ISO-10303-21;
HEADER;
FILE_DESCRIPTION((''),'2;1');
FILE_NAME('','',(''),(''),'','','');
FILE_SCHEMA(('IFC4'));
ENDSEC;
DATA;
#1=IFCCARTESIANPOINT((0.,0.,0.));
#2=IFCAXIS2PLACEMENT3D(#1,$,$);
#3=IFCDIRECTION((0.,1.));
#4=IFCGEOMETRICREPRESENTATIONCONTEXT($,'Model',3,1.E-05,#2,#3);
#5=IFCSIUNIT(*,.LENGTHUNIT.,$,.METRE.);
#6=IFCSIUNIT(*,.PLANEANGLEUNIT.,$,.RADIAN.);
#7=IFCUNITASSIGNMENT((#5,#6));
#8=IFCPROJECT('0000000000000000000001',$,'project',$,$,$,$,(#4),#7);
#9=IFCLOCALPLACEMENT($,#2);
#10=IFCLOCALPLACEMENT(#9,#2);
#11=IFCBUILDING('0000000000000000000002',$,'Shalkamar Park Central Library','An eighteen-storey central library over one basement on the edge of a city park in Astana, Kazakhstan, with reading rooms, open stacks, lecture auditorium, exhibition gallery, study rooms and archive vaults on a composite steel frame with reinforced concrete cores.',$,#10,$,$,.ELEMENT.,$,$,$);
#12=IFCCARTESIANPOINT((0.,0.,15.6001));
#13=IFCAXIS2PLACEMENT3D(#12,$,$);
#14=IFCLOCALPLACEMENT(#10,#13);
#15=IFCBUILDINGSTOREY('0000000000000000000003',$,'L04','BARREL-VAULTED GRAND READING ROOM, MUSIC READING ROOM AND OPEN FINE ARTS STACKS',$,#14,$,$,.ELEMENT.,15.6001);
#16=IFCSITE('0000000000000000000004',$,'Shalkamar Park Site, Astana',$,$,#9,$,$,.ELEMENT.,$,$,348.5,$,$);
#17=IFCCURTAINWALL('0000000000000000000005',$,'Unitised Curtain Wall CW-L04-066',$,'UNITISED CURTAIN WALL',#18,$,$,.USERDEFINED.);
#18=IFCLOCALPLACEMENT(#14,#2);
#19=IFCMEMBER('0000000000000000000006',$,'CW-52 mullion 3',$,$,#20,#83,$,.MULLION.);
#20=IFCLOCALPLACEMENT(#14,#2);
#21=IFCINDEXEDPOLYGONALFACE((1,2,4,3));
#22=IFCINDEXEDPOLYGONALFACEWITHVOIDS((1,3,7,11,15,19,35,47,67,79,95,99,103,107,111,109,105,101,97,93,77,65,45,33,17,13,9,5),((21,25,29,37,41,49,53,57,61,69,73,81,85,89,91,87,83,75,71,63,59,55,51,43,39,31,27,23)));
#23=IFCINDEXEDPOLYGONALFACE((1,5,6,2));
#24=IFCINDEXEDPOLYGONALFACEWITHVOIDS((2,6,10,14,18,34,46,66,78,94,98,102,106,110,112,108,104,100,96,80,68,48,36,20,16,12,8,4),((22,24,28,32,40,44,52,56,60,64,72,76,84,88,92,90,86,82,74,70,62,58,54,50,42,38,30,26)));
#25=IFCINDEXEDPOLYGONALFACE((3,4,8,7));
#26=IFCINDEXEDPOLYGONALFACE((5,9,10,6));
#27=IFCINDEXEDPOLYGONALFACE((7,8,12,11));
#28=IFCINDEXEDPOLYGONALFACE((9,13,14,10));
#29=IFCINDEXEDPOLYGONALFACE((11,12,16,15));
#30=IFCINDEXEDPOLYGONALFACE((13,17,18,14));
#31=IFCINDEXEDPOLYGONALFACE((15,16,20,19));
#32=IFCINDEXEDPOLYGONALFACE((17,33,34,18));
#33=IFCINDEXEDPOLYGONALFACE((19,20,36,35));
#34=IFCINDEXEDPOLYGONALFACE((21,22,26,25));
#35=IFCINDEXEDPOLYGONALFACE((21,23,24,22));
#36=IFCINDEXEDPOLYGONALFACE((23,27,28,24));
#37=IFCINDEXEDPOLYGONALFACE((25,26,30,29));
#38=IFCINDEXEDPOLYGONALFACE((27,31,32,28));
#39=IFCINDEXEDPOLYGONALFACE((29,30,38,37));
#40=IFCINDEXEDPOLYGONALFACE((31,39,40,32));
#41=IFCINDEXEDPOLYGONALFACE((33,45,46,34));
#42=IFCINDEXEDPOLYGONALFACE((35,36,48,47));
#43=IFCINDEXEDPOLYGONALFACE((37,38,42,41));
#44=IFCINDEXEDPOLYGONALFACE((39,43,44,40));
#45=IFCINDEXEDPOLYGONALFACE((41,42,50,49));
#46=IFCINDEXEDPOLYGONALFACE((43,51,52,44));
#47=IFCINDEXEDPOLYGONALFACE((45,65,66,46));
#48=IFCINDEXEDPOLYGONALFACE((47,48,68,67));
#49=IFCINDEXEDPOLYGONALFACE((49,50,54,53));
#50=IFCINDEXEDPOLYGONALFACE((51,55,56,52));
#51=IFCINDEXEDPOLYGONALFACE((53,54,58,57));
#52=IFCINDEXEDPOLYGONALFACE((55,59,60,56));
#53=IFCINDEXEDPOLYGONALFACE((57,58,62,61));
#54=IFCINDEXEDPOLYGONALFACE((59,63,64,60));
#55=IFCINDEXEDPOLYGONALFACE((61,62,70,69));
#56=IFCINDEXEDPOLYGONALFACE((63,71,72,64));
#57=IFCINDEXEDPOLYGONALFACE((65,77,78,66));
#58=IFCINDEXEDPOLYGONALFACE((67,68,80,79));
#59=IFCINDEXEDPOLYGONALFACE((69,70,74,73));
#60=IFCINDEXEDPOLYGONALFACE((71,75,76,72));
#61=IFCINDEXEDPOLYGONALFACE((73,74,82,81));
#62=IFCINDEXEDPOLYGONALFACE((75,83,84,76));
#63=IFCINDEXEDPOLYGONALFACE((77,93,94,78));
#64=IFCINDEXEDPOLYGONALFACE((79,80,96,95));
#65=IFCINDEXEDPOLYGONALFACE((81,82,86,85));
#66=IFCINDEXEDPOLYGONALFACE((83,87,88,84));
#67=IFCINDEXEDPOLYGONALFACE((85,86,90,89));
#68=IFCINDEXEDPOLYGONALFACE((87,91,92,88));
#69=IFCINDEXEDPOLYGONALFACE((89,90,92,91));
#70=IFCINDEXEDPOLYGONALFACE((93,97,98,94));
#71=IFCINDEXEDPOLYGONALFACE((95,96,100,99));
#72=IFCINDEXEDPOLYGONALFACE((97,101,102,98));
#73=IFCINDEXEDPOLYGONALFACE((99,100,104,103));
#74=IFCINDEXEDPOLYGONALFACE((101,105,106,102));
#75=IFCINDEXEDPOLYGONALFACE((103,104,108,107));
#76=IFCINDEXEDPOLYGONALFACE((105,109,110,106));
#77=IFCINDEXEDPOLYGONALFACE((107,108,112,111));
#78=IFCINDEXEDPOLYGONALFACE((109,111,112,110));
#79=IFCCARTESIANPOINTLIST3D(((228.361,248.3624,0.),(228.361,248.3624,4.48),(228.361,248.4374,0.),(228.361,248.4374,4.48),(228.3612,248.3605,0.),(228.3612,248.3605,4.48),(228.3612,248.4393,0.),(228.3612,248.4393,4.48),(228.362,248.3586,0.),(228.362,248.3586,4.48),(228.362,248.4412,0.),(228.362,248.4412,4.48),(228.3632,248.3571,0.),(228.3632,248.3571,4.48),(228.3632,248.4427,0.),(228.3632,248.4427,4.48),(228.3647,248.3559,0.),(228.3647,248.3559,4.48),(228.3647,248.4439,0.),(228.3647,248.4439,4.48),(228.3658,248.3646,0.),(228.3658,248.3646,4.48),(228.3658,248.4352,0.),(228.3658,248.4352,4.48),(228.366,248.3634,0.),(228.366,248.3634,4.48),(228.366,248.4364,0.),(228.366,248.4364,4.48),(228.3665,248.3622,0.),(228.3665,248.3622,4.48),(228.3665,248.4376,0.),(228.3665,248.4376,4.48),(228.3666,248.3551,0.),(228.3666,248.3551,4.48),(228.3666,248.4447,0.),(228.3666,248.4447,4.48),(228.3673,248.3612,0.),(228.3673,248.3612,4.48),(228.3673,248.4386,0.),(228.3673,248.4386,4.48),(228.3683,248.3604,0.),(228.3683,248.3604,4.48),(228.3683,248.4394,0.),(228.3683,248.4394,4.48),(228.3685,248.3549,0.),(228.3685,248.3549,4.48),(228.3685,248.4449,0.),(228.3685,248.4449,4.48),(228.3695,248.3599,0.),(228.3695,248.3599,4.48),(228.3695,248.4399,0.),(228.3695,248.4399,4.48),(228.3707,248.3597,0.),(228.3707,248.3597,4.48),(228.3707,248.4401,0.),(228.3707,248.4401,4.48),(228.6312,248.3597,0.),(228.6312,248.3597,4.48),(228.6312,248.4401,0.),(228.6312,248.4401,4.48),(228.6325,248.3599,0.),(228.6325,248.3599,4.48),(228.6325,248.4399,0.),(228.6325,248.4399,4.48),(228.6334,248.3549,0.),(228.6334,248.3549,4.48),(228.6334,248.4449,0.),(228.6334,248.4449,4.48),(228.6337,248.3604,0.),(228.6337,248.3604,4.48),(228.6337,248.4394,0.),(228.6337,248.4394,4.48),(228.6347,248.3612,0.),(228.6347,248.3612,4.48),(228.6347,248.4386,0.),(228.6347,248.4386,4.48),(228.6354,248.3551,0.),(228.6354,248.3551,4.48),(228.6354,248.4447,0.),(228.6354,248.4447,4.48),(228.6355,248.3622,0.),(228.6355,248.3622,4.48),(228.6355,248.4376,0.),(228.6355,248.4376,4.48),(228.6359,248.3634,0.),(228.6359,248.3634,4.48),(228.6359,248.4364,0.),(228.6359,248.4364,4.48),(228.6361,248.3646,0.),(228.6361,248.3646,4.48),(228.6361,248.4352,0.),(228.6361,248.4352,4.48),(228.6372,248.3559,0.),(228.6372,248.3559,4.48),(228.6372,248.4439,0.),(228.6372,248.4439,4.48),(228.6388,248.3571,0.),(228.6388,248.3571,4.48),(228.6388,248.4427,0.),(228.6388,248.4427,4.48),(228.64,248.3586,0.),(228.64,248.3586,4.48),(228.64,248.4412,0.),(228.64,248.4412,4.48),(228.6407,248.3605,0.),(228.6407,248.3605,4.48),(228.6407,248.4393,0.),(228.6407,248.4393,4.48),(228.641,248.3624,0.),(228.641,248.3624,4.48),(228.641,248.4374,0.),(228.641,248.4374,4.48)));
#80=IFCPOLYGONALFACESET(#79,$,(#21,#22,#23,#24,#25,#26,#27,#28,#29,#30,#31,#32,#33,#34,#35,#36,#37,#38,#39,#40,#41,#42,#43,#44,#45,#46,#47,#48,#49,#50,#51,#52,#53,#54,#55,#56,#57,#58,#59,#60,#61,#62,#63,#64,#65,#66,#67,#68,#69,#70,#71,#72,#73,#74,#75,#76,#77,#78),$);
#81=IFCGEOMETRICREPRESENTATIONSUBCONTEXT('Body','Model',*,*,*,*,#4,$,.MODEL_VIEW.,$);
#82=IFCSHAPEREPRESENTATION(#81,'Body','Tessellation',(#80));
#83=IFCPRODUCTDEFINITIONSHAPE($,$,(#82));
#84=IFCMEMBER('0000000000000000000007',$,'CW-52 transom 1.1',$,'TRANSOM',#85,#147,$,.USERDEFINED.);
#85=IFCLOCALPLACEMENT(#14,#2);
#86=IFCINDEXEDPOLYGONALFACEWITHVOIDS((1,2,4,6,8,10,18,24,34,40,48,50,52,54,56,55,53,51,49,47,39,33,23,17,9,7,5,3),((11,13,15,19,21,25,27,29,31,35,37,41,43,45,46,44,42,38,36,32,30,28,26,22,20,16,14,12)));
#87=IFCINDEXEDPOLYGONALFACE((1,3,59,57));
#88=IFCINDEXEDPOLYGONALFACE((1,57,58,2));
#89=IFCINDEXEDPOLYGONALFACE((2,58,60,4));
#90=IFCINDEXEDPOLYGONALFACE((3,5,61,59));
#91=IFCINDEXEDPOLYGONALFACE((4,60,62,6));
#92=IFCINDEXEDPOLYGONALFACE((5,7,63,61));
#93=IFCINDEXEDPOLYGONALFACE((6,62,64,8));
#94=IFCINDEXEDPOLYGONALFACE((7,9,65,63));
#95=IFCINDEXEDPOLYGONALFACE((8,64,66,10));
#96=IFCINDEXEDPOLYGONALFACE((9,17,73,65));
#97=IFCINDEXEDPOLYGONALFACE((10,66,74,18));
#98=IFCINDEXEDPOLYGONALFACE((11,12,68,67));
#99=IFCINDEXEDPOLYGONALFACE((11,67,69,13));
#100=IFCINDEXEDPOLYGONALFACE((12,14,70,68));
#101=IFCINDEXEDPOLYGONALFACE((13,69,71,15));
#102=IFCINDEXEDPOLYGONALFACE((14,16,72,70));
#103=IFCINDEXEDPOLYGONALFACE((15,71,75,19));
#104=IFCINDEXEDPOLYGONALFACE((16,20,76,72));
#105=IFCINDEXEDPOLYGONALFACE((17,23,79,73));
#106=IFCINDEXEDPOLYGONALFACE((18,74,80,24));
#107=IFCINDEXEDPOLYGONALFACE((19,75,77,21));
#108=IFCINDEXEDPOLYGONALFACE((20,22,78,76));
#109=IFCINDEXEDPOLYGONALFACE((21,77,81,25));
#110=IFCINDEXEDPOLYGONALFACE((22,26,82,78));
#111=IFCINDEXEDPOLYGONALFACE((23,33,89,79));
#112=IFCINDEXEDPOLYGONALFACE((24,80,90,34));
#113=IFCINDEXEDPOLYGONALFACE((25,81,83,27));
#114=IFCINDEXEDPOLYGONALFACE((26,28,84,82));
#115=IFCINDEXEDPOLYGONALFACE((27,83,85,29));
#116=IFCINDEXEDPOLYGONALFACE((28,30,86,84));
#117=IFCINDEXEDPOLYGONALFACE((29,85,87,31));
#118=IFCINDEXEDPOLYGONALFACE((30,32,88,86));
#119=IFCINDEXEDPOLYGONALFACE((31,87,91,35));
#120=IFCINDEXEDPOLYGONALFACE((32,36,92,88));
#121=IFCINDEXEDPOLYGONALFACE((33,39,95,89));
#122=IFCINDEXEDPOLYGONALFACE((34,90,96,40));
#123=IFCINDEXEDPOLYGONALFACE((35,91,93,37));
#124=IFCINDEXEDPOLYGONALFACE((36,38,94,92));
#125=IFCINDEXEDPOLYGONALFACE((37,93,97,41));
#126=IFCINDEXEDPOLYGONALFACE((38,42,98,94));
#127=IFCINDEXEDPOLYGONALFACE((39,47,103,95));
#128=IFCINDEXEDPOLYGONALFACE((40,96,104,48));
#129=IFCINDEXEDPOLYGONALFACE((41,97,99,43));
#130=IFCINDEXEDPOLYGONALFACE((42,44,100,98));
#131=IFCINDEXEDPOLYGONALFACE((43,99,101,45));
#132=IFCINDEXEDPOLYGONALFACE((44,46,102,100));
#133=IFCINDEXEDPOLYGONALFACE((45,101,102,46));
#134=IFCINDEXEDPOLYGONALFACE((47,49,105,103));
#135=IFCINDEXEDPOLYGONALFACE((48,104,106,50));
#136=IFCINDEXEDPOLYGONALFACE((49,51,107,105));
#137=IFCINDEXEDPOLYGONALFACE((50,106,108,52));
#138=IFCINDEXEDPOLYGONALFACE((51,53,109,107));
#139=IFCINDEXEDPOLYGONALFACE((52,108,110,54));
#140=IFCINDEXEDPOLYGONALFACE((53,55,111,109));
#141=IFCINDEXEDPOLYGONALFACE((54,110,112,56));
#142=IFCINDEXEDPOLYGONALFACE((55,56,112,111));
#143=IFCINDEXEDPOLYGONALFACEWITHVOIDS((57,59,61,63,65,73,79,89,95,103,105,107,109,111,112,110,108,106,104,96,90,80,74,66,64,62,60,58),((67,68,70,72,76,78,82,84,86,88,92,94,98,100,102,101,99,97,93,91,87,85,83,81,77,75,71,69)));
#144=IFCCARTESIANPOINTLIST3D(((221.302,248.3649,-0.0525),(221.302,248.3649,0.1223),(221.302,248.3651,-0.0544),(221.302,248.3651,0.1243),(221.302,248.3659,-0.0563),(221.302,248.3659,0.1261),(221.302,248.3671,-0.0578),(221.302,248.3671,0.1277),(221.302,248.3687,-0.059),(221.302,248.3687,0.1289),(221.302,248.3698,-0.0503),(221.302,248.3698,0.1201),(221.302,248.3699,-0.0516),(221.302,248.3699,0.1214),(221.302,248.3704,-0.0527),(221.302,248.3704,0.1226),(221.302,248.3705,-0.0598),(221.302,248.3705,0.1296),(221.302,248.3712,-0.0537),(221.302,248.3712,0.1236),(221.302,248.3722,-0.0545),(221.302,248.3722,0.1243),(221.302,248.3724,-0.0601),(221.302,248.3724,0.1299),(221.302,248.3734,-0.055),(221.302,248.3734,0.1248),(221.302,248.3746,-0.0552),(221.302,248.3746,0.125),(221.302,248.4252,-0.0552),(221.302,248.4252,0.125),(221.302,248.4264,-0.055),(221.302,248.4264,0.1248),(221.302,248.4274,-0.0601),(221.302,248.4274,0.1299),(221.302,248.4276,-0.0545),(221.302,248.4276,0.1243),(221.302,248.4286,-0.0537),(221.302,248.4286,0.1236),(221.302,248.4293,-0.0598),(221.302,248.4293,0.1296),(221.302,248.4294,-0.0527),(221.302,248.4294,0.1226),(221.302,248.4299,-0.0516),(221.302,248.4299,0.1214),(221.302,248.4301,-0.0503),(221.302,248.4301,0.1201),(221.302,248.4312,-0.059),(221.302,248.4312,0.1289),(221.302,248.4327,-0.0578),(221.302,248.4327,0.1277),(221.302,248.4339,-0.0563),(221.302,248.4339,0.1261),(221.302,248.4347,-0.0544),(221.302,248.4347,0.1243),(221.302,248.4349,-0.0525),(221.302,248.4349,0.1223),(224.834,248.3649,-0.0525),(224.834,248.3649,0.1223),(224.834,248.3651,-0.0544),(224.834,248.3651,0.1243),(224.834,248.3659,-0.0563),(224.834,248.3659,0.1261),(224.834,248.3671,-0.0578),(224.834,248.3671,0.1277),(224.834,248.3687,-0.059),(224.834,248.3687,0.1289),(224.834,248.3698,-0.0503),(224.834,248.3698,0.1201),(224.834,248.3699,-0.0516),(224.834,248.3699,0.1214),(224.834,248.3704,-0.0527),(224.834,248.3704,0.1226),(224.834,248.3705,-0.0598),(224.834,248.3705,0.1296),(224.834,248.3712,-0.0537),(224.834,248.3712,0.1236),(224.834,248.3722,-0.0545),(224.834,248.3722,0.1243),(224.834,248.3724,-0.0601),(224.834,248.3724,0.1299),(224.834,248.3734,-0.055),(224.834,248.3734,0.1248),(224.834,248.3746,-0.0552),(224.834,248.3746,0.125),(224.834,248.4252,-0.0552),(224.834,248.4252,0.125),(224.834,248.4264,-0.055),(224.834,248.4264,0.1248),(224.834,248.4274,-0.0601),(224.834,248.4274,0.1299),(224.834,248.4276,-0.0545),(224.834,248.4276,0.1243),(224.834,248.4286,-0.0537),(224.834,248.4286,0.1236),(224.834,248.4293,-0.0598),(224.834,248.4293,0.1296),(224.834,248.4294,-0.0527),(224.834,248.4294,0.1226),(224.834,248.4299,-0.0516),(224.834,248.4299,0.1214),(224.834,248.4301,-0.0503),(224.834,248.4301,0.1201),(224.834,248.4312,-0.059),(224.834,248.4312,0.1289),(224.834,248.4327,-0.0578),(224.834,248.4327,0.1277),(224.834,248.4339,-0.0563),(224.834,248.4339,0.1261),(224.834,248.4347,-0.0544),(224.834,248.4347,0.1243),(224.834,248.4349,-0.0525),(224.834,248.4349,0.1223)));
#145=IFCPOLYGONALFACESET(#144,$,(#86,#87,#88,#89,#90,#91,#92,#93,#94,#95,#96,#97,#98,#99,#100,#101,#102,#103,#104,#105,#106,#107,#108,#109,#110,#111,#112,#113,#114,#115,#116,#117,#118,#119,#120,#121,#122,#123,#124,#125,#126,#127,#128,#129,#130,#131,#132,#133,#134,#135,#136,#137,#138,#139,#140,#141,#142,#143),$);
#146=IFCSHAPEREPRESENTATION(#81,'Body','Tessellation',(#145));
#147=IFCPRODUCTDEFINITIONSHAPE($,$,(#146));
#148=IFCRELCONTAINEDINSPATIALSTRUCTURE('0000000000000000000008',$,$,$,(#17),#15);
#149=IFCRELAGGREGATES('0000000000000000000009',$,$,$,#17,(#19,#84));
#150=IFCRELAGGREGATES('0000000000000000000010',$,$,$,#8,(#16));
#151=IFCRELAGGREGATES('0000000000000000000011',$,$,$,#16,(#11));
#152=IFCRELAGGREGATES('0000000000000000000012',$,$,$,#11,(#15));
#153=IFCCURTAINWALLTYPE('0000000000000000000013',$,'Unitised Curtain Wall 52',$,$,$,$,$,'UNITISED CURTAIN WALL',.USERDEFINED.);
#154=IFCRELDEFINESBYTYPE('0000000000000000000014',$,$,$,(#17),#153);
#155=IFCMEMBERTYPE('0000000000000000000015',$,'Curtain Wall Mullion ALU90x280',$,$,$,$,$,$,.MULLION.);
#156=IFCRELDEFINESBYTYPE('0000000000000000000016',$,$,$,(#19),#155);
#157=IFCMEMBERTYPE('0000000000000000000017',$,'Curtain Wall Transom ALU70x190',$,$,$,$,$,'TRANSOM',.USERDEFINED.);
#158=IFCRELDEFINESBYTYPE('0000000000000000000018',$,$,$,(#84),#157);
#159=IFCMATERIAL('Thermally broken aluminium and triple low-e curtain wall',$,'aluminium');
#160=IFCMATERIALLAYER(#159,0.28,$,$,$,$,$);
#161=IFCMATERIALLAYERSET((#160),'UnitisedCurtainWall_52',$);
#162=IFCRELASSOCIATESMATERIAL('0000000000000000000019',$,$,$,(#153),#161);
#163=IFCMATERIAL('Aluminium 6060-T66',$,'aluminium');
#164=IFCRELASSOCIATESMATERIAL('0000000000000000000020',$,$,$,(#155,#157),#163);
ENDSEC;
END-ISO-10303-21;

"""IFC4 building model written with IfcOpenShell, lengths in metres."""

from ifc_helpers import new_model, si_unit, direction, frame, origin, origin_2d, place, context, subcontext, project, spatial, hollow_rectangle, extrude, material, layer, layer_set, material_profile, profile_set, type_object, element, aggregate, save


model = new_model("IFC4")

# Units and contexts
model_context = context("Model", 3, precision=1e-05, world=origin(), true_north=direction((0.0, 1.0)))
body_context = subcontext(model_context, "Body", "Model", "MODEL_VIEW")
ifc_project = project(units=[si_unit("LENGTHUNIT", "METRE"), si_unit("PLANEANGLEUNIT", "RADIAN")], contexts=[model_context])

# Site, building, storey
site_placement = place(None, origin())
site = spatial("IfcSite", under=ifc_project, at=site_placement, Name="Shalkamar Park Site, Astana", CompositionType="ELEMENT", RefElevation=348.5)
building_placement = place(site_placement, origin())
building = spatial("IfcBuilding", under=site, at=building_placement, Name="Shalkamar Park Central Library", Description="An eighteen-storey central library over one basement on the edge of a city park in Astana, Kazakhstan, with reading rooms, open stacks, lecture auditorium, exhibition gallery, study rooms and archive vaults on a composite steel frame with reinforced concrete cores.", CompositionType="ELEMENT")
storey_placement = place(building_placement, frame((0.0, 0.0, 15.6001)))
storey = spatial("IfcBuildingStorey", under=building, at=storey_placement, Name="L04", Description="BARREL-VAULTED GRAND READING ROOM, MUSIC READING ROOM AND OPEN FINE ARTS STACKS", CompositionType="ELEMENT", Elevation=15.6001)

# Curtain wall, members
ifc_material_1 = material(Name="Thermally broken aluminium and triple low-e curtain wall", Category="aluminium")
ifc_layer_1 = layer(ifc_material_1, 0.28)
ifc_layer_set_1 = layer_set([ifc_layer_1], Name="UnitisedCurtainWall_52")
curtain_wall_type = type_object("IfcCurtainWallType", Name="Unitised Curtain Wall 52", ElementType="UNITISED CURTAIN WALL", PredefinedType="USERDEFINED", material=ifc_layer_set_1)
curtain_wall_placement = place(storey_placement, origin())
curtain_wall = element("IfcCurtainWall", 1, at=curtain_wall_placement, inside=storey, type_object=curtain_wall_type, Name="Unitised Curtain Wall CW-L04-066", ObjectType="UNITISED CURTAIN WALL", PredefinedType="USERDEFINED")
ifc_material_2 = material(Name="Aluminium 6060-T66", Category="aluminium")
ifc_material_profile_1 = material_profile(ifc_material_2, hollow_rectangle(XDim=0.0901, YDim=0.28, WallThickness=0.0049, InnerFilletRadius=0.0049, OuterFilletRadius=0.0076, at=origin_2d()), Name="ALU 90x280x5")
ifc_profile_set_1 = profile_set([ifc_material_profile_1], Name="Aluminium 6060-T66")
member_type_1 = type_object("IfcMemberType", Name="Curtain Wall Mullion ALU90x280", PredefinedType="MULLION", material=ifc_profile_set_1)
member_1_placement = place(storey_placement, frame((228.501, 248.3999, 0.0), z_axis=(0.0, 0.0, 1.0), x_axis=(0.0, 1.0, 0.0)))
member_1 = element("IfcMember", 2, at=member_1_placement, type_object=member_type_1, Name="CW-52 mullion 3", PredefinedType="MULLION", context=body_context, shape_type="SweptSolid", body=[
    extrude(hollow_rectangle(XDim=0.0901, YDim=0.28, WallThickness=0.0049, InnerFilletRadius=0.0049, OuterFilletRadius=0.0076, at=origin_2d()), origin(), (0.0, 0.0, 1.0), 4.48),
])
ifc_material_profile_2 = material_profile(ifc_material_2, hollow_rectangle(XDim=0.0701, YDim=0.1899, WallThickness=0.0049, InnerFilletRadius=0.0049, OuterFilletRadius=0.0076, at=origin_2d()), Name="ALU 70x190x5")
ifc_profile_set_2 = profile_set([ifc_material_profile_2], Name="Aluminium 6060-T66")
member_type_2 = type_object("IfcMemberType", Name="Curtain Wall Transom ALU70x190", ElementType="TRANSOM", PredefinedType="USERDEFINED", material=ifc_profile_set_2)
member_2_placement = place(storey_placement, frame((221.302, 248.3999, 0.0349), z_axis=(1.0, 0.0, 0.0), x_axis=(0.0, 1.0, 0.0)))
member_2 = element("IfcMember", 3, at=member_2_placement, type_object=member_type_2, Name="CW-52 transom 1.1", ObjectType="TRANSOM", PredefinedType="USERDEFINED", context=body_context, shape_type="SweptSolid", body=[
    extrude(hollow_rectangle(XDim=0.0701, YDim=0.1899, WallThickness=0.0049, InnerFilletRadius=0.0049, OuterFilletRadius=0.0076, at=origin_2d()), origin(), (0.0, 0.0, 1.0), 3.532),
])

aggregate(curtain_wall, [member_1, member_2])

save(model, "model.ifc")
